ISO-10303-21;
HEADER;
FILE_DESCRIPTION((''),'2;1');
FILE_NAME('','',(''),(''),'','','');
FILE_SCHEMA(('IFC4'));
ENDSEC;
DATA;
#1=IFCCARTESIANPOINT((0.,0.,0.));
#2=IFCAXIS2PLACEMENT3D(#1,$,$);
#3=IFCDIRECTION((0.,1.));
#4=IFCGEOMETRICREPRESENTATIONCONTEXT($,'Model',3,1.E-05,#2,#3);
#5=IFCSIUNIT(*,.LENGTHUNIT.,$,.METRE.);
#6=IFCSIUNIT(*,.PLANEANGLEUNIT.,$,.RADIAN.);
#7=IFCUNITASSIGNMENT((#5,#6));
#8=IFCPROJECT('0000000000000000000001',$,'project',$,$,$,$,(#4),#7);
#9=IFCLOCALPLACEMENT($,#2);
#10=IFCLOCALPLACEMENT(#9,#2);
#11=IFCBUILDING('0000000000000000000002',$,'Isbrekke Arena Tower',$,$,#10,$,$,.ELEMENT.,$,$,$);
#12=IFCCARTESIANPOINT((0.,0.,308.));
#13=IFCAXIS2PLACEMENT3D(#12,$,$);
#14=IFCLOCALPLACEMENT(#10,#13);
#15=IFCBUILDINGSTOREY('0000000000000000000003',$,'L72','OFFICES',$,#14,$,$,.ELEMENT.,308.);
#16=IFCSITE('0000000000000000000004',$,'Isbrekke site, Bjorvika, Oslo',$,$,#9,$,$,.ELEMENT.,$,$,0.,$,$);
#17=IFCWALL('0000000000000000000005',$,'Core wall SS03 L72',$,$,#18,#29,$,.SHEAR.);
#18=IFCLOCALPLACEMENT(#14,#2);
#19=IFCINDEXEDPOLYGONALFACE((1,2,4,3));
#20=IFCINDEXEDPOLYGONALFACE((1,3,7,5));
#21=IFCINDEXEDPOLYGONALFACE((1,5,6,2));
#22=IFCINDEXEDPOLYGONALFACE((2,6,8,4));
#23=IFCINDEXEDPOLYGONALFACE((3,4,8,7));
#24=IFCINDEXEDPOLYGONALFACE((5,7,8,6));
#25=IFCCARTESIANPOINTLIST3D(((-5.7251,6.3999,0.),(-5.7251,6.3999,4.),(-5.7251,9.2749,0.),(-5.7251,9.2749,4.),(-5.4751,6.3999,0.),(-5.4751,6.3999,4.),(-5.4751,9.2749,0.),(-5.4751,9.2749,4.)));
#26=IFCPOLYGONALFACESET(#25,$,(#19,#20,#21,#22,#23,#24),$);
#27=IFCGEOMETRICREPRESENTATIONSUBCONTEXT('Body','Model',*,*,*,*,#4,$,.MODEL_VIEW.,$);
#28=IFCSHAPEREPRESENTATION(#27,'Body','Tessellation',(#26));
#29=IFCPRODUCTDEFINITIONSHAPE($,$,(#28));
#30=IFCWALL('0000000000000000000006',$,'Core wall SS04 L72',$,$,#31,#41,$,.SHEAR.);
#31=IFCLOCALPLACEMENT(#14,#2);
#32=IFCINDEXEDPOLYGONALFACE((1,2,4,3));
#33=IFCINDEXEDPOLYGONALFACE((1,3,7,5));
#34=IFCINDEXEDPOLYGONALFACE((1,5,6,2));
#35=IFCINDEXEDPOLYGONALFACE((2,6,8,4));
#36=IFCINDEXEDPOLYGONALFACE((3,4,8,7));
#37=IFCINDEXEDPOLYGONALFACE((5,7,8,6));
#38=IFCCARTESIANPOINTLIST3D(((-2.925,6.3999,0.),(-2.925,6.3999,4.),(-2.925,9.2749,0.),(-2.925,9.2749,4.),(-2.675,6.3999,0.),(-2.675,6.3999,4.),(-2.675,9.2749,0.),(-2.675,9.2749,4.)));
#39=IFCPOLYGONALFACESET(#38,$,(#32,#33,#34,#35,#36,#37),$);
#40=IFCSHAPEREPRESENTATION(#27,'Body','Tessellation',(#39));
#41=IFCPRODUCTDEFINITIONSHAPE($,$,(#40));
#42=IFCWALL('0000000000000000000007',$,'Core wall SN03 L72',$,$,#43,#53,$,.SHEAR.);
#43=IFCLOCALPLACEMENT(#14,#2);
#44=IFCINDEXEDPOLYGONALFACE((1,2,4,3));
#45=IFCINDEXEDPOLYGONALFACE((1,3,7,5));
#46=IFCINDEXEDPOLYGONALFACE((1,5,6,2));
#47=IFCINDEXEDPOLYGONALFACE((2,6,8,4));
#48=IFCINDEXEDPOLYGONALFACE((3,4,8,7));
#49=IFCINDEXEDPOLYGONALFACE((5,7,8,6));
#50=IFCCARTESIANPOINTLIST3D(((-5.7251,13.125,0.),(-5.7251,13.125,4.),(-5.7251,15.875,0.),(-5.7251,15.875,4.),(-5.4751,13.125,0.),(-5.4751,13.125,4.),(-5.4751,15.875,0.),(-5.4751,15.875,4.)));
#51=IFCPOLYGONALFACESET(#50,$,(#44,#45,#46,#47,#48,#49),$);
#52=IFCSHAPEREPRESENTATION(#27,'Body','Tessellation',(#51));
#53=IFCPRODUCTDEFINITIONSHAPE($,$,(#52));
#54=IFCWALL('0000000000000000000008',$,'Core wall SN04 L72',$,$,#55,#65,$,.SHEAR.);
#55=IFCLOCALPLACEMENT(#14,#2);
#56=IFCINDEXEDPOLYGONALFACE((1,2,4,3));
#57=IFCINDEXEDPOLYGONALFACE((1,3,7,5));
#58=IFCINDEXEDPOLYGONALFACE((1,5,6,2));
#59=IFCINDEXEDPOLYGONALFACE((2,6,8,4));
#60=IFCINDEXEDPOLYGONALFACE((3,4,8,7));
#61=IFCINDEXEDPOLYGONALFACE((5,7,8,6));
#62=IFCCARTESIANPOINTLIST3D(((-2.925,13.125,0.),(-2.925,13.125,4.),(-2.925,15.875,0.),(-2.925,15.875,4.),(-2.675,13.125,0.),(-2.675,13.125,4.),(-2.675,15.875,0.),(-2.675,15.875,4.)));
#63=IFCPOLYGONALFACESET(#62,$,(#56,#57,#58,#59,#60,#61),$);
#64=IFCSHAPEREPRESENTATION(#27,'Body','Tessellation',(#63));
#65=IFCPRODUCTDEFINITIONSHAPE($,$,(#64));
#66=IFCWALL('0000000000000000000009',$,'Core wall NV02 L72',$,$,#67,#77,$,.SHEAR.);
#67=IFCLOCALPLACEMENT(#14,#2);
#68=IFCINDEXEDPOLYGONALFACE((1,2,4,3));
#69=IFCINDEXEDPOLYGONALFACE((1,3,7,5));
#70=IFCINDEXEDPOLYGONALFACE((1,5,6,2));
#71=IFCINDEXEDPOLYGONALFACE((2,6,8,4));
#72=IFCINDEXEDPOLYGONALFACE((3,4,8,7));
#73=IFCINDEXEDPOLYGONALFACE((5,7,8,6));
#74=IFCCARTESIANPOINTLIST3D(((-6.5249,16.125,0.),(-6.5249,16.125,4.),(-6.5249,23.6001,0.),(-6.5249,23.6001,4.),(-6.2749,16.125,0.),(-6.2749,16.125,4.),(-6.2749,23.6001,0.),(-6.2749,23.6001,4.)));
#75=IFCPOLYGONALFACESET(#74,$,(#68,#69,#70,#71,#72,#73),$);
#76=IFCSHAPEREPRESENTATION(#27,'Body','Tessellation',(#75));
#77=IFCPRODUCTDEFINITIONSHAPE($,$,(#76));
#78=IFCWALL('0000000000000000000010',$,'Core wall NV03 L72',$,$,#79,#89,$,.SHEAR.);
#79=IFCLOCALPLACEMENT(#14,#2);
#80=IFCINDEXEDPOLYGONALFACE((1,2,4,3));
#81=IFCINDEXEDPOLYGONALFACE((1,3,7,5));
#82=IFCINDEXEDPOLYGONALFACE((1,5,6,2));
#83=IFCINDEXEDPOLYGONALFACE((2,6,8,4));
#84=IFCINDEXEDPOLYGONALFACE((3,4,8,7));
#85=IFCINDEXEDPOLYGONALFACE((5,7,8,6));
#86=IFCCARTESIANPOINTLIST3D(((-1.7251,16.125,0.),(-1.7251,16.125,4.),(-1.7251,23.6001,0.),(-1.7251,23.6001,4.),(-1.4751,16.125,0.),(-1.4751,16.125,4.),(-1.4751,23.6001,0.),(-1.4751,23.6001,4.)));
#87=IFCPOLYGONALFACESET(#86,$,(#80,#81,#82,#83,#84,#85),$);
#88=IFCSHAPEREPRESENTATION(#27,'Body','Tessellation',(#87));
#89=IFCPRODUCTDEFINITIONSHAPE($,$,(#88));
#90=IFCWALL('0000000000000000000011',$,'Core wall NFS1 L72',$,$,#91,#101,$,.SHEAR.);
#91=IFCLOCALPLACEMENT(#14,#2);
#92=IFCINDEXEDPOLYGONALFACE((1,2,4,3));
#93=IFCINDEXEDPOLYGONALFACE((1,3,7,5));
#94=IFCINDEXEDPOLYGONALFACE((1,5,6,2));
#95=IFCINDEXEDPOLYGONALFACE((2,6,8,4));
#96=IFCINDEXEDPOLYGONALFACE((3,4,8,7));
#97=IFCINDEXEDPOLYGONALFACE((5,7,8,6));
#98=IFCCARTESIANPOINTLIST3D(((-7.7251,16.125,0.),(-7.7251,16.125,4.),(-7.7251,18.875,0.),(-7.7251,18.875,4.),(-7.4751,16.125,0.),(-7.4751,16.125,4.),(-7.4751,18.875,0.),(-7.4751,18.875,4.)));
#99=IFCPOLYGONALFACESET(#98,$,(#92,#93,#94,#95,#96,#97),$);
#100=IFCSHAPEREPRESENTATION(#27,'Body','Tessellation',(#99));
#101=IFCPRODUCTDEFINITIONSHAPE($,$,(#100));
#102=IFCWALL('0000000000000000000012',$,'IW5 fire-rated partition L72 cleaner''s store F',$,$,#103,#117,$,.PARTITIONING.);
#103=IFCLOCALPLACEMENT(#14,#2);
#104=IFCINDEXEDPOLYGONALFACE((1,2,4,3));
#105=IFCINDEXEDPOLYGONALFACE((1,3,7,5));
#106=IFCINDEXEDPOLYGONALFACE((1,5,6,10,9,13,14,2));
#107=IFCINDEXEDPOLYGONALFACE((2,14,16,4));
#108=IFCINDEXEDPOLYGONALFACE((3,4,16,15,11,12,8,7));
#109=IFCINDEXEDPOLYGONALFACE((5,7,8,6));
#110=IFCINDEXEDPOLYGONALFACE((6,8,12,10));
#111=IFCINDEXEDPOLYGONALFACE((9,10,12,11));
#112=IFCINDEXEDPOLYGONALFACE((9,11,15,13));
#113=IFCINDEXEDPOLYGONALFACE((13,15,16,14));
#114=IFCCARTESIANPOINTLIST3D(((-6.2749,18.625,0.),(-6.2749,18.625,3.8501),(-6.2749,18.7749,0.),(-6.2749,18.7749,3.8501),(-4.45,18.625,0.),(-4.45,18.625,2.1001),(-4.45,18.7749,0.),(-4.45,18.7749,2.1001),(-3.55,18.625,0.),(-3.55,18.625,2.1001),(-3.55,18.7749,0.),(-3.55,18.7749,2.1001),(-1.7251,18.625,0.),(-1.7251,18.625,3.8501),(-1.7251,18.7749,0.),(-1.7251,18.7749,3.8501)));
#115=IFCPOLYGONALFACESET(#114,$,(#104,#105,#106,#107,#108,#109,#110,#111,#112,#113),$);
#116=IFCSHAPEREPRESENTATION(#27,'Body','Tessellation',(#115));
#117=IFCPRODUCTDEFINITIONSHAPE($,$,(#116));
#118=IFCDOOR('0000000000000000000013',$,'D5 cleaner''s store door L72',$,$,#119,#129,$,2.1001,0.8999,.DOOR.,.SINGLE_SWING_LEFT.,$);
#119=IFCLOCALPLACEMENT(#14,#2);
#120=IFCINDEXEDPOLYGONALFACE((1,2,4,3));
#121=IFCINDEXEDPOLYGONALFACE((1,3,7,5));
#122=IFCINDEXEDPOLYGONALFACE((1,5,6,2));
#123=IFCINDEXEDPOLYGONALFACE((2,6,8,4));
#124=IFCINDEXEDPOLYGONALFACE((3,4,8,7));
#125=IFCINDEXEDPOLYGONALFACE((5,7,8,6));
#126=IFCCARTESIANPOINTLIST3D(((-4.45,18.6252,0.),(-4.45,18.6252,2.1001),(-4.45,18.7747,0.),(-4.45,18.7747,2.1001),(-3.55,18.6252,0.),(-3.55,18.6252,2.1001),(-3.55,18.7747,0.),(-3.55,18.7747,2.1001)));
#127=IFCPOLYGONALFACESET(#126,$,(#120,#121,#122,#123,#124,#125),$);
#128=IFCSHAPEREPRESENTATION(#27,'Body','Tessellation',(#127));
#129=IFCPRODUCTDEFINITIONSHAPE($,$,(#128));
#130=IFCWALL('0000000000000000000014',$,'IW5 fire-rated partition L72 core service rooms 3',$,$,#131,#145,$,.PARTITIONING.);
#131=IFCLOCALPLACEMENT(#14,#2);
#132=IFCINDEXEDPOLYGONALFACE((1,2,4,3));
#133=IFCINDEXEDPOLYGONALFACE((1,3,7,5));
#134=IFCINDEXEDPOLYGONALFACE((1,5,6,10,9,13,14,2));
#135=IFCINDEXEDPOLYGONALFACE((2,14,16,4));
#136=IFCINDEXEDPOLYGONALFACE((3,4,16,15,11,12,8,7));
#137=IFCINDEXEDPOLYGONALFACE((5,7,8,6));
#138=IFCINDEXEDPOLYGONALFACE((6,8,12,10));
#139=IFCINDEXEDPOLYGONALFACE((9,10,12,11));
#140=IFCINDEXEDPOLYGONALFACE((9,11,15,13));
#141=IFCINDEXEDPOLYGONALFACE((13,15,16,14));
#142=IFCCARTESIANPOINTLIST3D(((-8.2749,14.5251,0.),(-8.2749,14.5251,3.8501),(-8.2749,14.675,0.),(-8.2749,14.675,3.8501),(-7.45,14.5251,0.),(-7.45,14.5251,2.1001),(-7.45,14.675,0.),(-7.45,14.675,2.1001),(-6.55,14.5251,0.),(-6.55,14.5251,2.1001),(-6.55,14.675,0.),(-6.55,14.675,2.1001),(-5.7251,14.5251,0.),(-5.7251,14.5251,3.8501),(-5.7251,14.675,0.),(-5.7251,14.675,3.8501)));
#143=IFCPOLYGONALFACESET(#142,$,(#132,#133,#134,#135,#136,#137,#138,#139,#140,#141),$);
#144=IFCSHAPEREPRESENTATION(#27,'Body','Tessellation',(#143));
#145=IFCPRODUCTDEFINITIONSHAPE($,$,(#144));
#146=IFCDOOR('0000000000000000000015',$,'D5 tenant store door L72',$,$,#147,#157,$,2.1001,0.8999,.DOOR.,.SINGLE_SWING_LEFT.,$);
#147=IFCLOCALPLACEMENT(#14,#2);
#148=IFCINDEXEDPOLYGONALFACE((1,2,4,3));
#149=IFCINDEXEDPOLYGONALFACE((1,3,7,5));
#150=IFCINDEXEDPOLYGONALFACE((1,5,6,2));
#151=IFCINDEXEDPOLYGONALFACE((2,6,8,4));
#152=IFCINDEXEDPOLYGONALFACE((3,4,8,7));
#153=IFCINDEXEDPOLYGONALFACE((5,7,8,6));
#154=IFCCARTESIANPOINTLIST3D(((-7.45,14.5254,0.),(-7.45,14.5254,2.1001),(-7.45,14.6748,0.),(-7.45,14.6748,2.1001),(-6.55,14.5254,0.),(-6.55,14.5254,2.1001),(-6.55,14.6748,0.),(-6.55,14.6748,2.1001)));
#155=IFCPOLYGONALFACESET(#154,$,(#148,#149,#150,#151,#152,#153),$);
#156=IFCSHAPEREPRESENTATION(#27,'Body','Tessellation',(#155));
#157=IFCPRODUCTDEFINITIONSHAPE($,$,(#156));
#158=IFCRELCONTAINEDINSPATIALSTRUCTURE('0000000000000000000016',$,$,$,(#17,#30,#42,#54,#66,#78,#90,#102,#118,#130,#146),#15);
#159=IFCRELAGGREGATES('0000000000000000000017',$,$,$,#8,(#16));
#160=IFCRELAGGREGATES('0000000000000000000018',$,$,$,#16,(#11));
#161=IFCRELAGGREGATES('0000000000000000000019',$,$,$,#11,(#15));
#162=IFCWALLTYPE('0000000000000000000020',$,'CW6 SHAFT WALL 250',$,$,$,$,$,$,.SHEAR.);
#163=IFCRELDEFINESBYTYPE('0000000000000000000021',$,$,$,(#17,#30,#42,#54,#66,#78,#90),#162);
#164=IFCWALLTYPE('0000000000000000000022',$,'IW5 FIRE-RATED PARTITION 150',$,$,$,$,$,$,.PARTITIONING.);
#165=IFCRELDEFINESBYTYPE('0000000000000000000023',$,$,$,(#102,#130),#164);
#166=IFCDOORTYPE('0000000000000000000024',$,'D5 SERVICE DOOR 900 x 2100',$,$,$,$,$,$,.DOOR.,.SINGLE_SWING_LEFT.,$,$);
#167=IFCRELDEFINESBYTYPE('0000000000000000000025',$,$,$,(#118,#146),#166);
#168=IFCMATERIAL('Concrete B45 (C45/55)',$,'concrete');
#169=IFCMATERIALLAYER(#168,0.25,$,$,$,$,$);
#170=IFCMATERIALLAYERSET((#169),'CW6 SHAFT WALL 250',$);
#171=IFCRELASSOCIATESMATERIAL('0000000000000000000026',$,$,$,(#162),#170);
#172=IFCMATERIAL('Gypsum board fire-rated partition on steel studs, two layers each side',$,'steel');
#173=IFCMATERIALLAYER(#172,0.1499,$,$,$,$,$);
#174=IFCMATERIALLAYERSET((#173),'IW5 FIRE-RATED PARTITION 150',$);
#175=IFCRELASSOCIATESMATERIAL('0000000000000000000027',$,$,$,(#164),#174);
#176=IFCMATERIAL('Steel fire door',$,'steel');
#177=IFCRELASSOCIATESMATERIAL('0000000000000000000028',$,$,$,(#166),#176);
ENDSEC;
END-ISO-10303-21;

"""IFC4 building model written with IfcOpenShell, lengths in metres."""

from ifc_helpers import new_model, si_unit, direction, frame, frame_2d, origin, place, context, subcontext, project, spatial, rectangle, extrude, material, layer, layer_set, type_object, element, fill, save


model = new_model("IFC4")

# Units and contexts
model_context = context("Model", 3, precision=1e-05, world=origin(), true_north=direction((0.0, 1.0)))
body_context = subcontext(model_context, "Body", "Model", "MODEL_VIEW")
ifc_project = project(units=[si_unit("LENGTHUNIT", "METRE"), si_unit("PLANEANGLEUNIT", "RADIAN")], contexts=[model_context])

# Site, building, storey
site_placement = place(None, origin())
site = spatial("IfcSite", under=ifc_project, at=site_placement, Name="Isbrekke site, Bjorvika, Oslo", CompositionType="ELEMENT", RefElevation=0.0)
building_placement = place(site_placement, origin())
building = spatial("IfcBuilding", under=site, at=building_placement, Name="Isbrekke Arena Tower", CompositionType="ELEMENT")
storey_placement = place(building_placement, frame((0.0, 0.0, 308.0)))
storey = spatial("IfcBuildingStorey", under=building, at=storey_placement, Name="L72", Description="OFFICES", CompositionType="ELEMENT", Elevation=308.0)

# Walls
ifc_material_1 = material(Name="Concrete B45 (C45/55)", Category="concrete")
ifc_layer_1 = layer(ifc_material_1, 0.25)
ifc_layer_set_1 = layer_set([ifc_layer_1], Name="CW6 SHAFT WALL 250")
wall_type_1 = type_object("IfcWallType", Name="CW6 SHAFT WALL 250", PredefinedType="SHEAR", material=ifc_layer_set_1)
for number, where, z_axis, x_axis, name in (
    (1, (-5.6001, 6.3999, 0.0), (0.0, 0.0, 1.0), (0.0, 1.0, 0.0), "Core wall SS03 L72"),
    (2, (-2.8, 6.3999, 0.0), (0.0, 0.0, 1.0), (0.0, 1.0, 0.0), "Core wall SS04 L72"),
):
    element("IfcWall", number, at=place(storey_placement, frame(where, z_axis=z_axis, x_axis=x_axis)), inside=storey, type_object=wall_type_1, Name=name, PredefinedType="SHEAR", context=body_context, shape_type="SweptSolid", body=[
        extrude(rectangle(XDim=2.875, YDim=0.25, at=frame_2d((1.4375, 0.0))), origin(), (0.0, 0.0, 1.0), 4.0),
    ])
for number, where, z_axis, x_axis, name in (
    (3, (-5.6001, 13.125, 0.0), (0.0, 0.0, 1.0), (0.0, 1.0, 0.0), "Core wall SN03 L72"),
    (4, (-2.8, 13.125, 0.0), (0.0, 0.0, 1.0), (0.0, 1.0, 0.0), "Core wall SN04 L72"),
):
    element("IfcWall", number, at=place(storey_placement, frame(where, z_axis=z_axis, x_axis=x_axis)), inside=storey, type_object=wall_type_1, Name=name, PredefinedType="SHEAR", context=body_context, shape_type="SweptSolid", body=[
        extrude(rectangle(XDim=2.75, YDim=0.25, at=frame_2d((1.375, 0.0))), origin(), (0.0, 0.0, 1.0), 4.0),
    ])
for number, where, z_axis, x_axis, name in (
    (5, (-6.3999, 16.125, 0.0), (0.0, 0.0, 1.0), (0.0, 1.0, 0.0), "Core wall NV02 L72"),
    (6, (-1.6001, 16.125, 0.0), (0.0, 0.0, 1.0), (0.0, 1.0, 0.0), "Core wall NV03 L72"),
):
    element("IfcWall", number, at=place(storey_placement, frame(where, z_axis=z_axis, x_axis=x_axis)), inside=storey, type_object=wall_type_1, Name=name, PredefinedType="SHEAR", context=body_context, shape_type="SweptSolid", body=[
        extrude(rectangle(XDim=7.4751, YDim=0.25, at=frame_2d((3.7375, 0.0))), origin(), (0.0, 0.0, 1.0), 4.0),
    ])
wall_1_placement = place(storey_placement, frame((-7.6001, 16.125, 0.0), z_axis=(0.0, 0.0, 1.0), x_axis=(0.0, 1.0, 0.0)))
element("IfcWall", 7, at=wall_1_placement, inside=storey, type_object=wall_type_1, Name="Core wall NFS1 L72", PredefinedType="SHEAR", context=body_context, shape_type="SweptSolid", body=[
    extrude(rectangle(XDim=2.75, YDim=0.25, at=frame_2d((1.375, 0.0))), origin(), (0.0, 0.0, 1.0), 4.0),
])

# Walls, openings, doors
ifc_material_2 = material(Name="Gypsum board fire-rated partition on steel studs, two layers each side", Category="steel")
ifc_layer_2 = layer(ifc_material_2, 0.1499)
ifc_layer_set_2 = layer_set([ifc_layer_2], Name="IW5 FIRE-RATED PARTITION 150")
wall_type_2 = type_object("IfcWallType", Name="IW5 FIRE-RATED PARTITION 150", PredefinedType="PARTITIONING", material=ifc_layer_set_2)
wall_2_placement = place(storey_placement, frame((-6.2749, 18.7, 0.0), z_axis=(0.0, 0.0, 1.0), x_axis=(1.0, 0.0, 0.0)))
wall_2 = element("IfcWall", 8, at=wall_2_placement, inside=storey, type_object=wall_type_2, Name="IW5 fire-rated partition L72 cleaner's store F", PredefinedType="PARTITIONING", context=body_context, shape_type="SweptSolid", body=[
    extrude(rectangle(XDim=4.5498, YDim=0.1499, at=frame_2d((2.2749, 0.0))), origin(), (0.0, 0.0, 1.0), 3.8501),
])
opening_1_placement = place(wall_2_placement, frame((1.825, 0.0, 0.0)))
opening_1 = element("IfcOpeningElement", 9, at=opening_1_placement, cuts=wall_2, PredefinedType="OPENING", context=body_context, shape_type="SweptSolid", body=[
    extrude(rectangle(XDim=0.8999, YDim=2.1001, at=frame_2d((0.45, 1.05))), frame((0.0, 0.0898, 0.0), z_axis=(0.0, -1.0, 0.0), x_axis=(1.0, 0.0, 0.0)), (0.0, 0.0, 1.0), 0.1797),
])
ifc_material_3 = material(Name="Steel fire door", Category="steel")
door_type = type_object("IfcDoorType", Name="D5 SERVICE DOOR 900 x 2100", OperationType="SINGLE_SWING_LEFT", PredefinedType="DOOR", material=ifc_material_3)
door_1_placement = place(opening_1_placement, origin())
door_1 = element("IfcDoor", 10, at=door_1_placement, inside=storey, type_object=door_type, Name="D5 cleaner's store door L72", OperationType="SINGLE_SWING_LEFT", OverallHeight=2.1001, OverallWidth=0.8999, PredefinedType="DOOR", context=body_context, shape_type="SweptSolid", body=[
    extrude(rectangle(XDim=0.8999, YDim=2.1001, at=frame_2d((0.45, 1.05))), frame((0.0, 0.0747, 0.0), z_axis=(0.0, -1.0, 0.0), x_axis=(1.0, 0.0, 0.0)), (0.0, 0.0, 1.0), 0.1494),
])
fill(opening_1, door_1)
wall_3_placement = place(storey_placement, frame((-8.2749, 14.6001, 0.0), z_axis=(0.0, 0.0, 1.0), x_axis=(1.0, 0.0, 0.0)))
wall_3 = element("IfcWall", 11, at=wall_3_placement, inside=storey, type_object=wall_type_2, Name="IW5 fire-rated partition L72 core service rooms 3", PredefinedType="PARTITIONING", context=body_context, shape_type="SweptSolid", body=[
    extrude(rectangle(XDim=2.5498, YDim=0.1499, at=frame_2d((1.2749, 0.0))), origin(), (0.0, 0.0, 1.0), 3.8501),
])
opening_2_placement = place(wall_3_placement, frame((0.825, 0.0, 0.0)))
opening_2 = element("IfcOpeningElement", 12, at=opening_2_placement, cuts=wall_3, PredefinedType="OPENING", context=body_context, shape_type="SweptSolid", body=[
    extrude(rectangle(XDim=0.8999, YDim=2.1001, at=frame_2d((0.45, 1.05))), frame((0.0, 0.0898, 0.0), z_axis=(0.0, -1.0, 0.0), x_axis=(1.0, 0.0, 0.0)), (0.0, 0.0, 1.0), 0.1797),
])
door_2_placement = place(opening_2_placement, origin())
door_2 = element("IfcDoor", 13, at=door_2_placement, inside=storey, type_object=door_type, Name="D5 tenant store door L72", OperationType="SINGLE_SWING_LEFT", OverallHeight=2.1001, OverallWidth=0.8999, PredefinedType="DOOR", context=body_context, shape_type="SweptSolid", body=[
    extrude(rectangle(XDim=0.8999, YDim=2.1001, at=frame_2d((0.45, 1.05))), frame((0.0, 0.0747, 0.0), z_axis=(0.0, -1.0, 0.0), x_axis=(1.0, 0.0, 0.0)), (0.0, 0.0, 1.0), 0.1494),
])
fill(opening_2, door_2)

save(model, "model.ifc")
